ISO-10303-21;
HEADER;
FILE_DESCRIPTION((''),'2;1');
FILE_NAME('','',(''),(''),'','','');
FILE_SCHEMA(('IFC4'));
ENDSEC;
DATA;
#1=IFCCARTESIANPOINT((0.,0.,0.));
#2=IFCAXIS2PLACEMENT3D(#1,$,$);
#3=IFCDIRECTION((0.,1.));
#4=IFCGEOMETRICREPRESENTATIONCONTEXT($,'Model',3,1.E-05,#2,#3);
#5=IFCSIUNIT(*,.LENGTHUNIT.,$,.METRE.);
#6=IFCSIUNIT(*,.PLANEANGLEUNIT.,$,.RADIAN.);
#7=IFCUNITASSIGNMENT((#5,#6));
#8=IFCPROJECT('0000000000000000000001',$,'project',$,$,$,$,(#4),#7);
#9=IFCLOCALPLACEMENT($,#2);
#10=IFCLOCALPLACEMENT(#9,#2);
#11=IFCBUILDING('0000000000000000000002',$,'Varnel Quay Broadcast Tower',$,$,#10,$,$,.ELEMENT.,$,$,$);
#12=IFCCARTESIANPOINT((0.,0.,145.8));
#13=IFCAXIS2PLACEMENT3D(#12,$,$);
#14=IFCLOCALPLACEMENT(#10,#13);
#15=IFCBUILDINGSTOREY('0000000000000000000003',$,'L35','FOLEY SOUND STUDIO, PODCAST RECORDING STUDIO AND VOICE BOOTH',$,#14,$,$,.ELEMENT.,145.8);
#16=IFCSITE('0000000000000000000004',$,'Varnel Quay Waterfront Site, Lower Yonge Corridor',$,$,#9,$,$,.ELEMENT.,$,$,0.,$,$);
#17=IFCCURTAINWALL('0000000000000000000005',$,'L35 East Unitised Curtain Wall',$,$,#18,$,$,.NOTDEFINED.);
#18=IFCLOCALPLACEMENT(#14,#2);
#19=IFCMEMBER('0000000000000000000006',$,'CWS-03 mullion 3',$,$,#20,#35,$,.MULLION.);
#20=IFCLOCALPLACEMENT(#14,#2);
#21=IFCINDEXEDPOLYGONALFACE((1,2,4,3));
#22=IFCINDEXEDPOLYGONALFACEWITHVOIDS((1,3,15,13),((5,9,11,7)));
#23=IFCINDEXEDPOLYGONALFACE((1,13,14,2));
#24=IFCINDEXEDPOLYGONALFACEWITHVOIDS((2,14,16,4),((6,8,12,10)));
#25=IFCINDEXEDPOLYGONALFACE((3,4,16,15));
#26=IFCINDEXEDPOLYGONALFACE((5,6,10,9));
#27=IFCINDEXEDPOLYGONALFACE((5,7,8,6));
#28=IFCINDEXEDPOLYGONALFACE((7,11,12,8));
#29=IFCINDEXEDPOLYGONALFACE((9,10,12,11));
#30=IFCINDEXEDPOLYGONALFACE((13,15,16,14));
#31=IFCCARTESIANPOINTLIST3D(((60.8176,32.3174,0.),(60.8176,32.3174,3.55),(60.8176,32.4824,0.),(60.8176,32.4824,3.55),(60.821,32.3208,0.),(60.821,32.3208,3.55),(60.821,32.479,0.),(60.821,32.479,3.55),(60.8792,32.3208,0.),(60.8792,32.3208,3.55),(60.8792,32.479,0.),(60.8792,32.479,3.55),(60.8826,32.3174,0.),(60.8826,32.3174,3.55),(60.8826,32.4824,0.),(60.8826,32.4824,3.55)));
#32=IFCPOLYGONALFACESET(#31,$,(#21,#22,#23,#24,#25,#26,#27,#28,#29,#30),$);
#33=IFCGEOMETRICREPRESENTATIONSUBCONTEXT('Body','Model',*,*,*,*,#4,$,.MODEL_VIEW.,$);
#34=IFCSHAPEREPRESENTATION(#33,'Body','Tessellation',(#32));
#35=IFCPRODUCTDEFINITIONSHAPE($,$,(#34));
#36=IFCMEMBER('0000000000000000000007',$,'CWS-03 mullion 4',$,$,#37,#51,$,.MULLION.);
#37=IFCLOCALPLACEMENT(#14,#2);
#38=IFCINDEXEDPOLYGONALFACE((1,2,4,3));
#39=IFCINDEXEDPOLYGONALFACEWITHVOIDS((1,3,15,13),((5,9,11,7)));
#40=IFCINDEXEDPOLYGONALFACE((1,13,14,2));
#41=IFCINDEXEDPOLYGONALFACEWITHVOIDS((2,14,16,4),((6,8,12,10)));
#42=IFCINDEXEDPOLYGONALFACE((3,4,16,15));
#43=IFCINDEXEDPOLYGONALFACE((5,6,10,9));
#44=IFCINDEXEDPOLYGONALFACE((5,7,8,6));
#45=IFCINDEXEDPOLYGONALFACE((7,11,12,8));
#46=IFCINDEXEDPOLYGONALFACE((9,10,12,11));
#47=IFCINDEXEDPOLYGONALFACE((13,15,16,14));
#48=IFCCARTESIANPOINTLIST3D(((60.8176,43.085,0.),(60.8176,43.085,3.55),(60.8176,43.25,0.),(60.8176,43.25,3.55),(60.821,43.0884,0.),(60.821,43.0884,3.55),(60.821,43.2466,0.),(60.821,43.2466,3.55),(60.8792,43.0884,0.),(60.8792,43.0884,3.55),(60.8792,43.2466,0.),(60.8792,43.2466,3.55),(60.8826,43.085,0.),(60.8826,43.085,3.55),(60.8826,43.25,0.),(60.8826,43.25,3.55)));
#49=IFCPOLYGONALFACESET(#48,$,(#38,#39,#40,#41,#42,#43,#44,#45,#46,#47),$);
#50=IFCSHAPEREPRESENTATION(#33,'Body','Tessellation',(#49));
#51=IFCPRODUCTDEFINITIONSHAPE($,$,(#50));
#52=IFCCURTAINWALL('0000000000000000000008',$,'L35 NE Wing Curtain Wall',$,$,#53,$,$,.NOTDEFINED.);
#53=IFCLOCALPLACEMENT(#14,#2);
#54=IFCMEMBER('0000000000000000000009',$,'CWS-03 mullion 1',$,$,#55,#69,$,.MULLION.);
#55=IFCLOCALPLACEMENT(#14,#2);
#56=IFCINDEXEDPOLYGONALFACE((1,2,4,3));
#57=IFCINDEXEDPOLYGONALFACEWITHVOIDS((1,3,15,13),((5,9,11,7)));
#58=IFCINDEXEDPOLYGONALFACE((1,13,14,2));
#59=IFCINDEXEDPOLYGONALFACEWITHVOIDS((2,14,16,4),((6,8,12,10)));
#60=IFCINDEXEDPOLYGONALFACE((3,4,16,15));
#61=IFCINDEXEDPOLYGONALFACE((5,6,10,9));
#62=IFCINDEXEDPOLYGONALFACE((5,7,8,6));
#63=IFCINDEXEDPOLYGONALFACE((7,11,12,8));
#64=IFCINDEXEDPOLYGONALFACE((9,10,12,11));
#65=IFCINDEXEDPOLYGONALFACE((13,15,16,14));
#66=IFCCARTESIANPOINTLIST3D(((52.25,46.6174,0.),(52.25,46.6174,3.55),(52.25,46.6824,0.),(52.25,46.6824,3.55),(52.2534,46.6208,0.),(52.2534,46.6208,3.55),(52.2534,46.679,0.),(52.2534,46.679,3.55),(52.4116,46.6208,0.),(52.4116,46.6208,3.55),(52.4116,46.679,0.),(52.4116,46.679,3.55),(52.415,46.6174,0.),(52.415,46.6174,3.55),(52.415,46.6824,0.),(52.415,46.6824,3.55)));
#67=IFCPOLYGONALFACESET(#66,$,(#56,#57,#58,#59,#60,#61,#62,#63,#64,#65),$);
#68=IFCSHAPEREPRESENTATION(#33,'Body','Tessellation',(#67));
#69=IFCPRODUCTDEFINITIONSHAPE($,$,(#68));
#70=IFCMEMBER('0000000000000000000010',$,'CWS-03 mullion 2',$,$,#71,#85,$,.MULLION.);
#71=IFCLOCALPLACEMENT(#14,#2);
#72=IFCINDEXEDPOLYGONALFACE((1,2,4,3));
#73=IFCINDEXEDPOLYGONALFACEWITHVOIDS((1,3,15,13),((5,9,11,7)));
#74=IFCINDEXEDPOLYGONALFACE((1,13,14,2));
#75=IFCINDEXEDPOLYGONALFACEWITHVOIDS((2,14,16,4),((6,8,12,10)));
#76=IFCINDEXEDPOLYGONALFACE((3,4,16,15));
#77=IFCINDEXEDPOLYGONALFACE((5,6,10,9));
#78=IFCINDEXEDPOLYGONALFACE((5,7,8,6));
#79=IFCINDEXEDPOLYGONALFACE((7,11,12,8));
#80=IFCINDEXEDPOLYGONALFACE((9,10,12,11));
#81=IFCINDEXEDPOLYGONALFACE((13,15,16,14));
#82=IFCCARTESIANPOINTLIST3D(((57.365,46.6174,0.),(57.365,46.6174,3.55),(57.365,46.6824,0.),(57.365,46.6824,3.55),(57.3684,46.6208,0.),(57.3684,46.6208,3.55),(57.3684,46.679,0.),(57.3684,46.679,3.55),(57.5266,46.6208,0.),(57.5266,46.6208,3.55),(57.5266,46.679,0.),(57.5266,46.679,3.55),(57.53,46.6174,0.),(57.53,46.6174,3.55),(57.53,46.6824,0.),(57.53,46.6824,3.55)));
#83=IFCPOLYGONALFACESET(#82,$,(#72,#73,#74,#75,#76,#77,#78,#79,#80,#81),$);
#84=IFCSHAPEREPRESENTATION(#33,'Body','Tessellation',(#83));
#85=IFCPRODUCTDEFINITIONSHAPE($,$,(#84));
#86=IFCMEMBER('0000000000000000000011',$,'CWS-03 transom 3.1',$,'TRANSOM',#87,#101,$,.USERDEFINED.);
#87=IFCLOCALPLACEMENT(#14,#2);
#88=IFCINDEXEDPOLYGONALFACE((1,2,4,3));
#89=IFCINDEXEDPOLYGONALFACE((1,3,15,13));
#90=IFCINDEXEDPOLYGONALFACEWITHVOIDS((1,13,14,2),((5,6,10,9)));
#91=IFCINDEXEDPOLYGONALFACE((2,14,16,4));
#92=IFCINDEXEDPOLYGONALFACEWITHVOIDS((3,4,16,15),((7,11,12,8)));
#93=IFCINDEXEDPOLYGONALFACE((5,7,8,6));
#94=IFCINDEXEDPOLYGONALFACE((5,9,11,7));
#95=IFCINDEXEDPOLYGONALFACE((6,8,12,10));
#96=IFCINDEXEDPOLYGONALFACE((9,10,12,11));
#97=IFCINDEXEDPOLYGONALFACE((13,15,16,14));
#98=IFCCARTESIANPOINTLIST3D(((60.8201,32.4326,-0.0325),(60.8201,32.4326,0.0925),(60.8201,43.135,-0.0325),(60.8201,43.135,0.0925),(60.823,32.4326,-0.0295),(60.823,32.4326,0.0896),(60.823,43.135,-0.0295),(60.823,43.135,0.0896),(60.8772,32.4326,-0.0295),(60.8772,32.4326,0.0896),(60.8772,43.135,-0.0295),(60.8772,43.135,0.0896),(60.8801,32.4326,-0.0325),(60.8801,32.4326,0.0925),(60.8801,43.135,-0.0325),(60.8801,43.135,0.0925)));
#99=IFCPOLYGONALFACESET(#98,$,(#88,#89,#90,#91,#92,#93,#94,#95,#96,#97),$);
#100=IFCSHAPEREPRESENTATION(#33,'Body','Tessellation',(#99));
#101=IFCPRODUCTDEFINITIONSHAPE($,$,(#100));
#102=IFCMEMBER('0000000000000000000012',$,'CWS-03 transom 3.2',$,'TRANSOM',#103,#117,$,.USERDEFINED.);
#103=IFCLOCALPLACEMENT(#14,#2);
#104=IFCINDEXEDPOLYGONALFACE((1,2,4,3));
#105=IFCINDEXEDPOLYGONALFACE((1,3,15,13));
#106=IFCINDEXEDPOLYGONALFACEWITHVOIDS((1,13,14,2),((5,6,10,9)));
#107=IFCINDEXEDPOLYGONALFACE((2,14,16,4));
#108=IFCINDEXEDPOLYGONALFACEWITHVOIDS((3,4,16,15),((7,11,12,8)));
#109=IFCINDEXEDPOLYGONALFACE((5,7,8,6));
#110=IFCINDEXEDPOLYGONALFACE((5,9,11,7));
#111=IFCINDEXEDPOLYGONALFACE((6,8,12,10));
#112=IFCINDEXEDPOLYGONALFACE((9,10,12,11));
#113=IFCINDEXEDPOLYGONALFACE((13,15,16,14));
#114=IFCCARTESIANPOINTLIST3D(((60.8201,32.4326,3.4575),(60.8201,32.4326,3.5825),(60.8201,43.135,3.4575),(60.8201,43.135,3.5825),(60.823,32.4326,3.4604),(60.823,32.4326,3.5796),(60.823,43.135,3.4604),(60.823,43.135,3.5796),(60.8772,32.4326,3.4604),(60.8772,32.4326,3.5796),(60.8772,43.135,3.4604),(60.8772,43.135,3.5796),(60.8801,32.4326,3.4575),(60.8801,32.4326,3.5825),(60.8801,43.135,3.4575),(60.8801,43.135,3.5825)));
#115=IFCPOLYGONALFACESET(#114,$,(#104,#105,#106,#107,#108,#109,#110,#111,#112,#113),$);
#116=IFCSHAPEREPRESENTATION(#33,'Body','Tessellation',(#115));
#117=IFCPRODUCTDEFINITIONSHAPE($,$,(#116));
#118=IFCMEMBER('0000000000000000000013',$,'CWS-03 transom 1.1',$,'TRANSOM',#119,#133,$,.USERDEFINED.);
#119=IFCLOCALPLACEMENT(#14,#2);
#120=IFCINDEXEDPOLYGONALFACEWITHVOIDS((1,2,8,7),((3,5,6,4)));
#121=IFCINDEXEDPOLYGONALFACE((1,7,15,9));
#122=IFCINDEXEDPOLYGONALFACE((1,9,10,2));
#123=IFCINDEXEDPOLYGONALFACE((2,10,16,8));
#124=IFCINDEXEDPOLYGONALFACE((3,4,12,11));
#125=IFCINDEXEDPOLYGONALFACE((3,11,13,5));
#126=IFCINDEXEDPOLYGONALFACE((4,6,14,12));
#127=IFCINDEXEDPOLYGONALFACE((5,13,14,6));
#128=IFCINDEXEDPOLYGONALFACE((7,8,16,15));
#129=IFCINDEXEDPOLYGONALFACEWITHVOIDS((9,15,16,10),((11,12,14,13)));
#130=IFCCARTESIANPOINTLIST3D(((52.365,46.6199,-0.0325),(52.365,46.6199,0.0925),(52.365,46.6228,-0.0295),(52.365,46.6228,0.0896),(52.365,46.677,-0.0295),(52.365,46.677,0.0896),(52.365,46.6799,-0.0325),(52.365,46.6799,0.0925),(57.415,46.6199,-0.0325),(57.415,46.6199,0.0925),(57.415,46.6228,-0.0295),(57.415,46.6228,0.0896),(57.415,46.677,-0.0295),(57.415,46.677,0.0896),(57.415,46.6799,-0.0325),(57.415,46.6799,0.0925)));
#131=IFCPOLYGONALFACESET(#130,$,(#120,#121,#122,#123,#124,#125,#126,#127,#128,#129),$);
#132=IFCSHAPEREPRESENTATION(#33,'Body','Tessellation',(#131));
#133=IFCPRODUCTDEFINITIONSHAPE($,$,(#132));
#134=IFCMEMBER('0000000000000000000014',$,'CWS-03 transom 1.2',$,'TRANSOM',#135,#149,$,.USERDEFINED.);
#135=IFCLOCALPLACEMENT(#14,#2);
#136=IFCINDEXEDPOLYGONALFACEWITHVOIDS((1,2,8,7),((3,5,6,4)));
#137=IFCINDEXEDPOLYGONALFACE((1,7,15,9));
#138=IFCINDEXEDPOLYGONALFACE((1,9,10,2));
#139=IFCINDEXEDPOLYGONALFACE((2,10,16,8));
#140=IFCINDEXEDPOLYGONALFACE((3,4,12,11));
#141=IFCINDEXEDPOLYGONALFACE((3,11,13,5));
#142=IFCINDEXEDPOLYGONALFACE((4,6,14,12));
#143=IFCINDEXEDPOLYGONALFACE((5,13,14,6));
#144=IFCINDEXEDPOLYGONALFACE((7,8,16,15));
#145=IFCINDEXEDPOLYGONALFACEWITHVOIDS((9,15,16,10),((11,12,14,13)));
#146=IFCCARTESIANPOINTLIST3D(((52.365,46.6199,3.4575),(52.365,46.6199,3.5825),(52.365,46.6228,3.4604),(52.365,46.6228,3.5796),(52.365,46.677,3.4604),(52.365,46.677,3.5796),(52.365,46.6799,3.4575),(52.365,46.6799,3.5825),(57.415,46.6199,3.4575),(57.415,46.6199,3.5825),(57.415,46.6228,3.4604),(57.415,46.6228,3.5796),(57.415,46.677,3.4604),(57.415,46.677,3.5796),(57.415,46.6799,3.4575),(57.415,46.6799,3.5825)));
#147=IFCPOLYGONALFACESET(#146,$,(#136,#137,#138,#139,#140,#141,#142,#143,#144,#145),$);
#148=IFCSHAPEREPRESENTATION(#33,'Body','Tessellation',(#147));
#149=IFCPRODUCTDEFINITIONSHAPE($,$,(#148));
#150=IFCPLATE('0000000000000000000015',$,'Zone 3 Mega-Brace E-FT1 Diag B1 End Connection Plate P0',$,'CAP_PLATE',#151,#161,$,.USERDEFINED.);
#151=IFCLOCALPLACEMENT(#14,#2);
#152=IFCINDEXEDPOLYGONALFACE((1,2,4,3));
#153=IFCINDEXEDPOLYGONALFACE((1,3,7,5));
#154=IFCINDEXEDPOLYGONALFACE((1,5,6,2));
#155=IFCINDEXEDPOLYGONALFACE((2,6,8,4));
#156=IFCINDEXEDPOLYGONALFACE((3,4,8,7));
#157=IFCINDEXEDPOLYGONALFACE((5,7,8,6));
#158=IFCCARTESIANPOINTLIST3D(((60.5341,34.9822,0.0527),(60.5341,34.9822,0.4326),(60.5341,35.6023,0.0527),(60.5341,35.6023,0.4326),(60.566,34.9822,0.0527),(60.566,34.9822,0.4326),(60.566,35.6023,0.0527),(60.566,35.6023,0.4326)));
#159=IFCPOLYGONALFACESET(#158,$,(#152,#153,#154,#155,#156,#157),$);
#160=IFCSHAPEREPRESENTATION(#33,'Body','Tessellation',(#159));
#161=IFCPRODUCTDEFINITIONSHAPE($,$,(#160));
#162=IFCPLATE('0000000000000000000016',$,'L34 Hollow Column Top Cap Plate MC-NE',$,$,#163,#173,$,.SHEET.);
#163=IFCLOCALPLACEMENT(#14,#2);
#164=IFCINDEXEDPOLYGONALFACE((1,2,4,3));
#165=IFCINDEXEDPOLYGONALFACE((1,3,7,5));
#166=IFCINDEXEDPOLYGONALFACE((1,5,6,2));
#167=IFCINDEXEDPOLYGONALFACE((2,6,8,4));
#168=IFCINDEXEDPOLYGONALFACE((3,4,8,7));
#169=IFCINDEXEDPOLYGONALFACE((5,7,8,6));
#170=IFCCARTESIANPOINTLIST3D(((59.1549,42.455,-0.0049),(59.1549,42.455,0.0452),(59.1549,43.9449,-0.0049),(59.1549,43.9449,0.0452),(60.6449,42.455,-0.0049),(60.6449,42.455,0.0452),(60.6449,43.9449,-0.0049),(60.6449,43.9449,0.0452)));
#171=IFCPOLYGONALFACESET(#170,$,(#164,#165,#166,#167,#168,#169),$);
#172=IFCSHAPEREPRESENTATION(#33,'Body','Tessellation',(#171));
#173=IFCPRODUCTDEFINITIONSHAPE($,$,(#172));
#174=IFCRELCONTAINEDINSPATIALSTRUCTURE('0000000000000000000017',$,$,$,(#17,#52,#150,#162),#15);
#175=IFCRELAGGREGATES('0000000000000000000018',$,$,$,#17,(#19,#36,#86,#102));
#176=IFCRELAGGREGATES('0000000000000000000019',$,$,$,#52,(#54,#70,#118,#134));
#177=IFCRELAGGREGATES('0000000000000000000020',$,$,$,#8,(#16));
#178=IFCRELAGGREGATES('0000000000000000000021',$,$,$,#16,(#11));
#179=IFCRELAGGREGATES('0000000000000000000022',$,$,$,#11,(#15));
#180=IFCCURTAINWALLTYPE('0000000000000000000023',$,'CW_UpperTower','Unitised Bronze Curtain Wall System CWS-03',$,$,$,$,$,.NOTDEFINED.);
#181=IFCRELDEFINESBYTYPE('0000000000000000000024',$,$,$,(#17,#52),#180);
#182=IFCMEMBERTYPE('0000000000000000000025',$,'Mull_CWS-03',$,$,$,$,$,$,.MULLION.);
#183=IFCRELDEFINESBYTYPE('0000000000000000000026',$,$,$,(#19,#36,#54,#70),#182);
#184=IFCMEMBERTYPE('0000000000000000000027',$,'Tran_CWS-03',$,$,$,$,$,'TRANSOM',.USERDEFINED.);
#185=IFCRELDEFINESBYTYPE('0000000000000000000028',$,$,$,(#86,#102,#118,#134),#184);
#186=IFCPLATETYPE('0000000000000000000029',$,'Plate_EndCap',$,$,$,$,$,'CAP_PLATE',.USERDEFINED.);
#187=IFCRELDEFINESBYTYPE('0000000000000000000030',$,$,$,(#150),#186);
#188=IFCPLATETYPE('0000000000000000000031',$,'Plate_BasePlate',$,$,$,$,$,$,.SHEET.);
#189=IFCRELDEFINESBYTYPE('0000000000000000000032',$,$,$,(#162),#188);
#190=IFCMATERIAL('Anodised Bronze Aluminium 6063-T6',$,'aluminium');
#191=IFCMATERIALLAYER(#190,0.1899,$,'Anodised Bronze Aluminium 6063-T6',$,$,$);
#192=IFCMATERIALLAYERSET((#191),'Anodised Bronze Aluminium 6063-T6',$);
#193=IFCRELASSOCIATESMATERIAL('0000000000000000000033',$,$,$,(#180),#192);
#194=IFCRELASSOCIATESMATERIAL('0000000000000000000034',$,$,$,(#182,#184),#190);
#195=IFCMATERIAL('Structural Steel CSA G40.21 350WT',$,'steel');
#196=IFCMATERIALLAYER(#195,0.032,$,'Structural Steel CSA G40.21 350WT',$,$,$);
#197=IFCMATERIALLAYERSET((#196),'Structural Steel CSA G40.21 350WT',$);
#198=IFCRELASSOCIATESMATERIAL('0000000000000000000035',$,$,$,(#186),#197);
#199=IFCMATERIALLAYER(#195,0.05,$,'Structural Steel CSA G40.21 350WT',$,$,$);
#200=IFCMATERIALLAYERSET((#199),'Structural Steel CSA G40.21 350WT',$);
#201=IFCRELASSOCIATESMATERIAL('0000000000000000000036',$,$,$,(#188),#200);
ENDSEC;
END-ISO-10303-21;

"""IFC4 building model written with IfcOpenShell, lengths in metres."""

from ifc_helpers import new_model, si_unit, direction, frame, origin, origin_2d, place, context, subcontext, project, spatial, rectangle, hollow_rectangle, extrude, source, transform, mapped, material, layer, layer_set, material_profile, profile_set, type_object, type_shapes, element, aggregate, save


model = new_model("IFC4")

# Units and contexts
model_context = context("Model", 3, precision=1e-05, world=origin(), true_north=direction((0.0, 1.0)))
body_context = subcontext(model_context, "Body", "Model", "MODEL_VIEW")
ifc_project = project(units=[si_unit("LENGTHUNIT", "METRE"), si_unit("PLANEANGLEUNIT", "RADIAN")], contexts=[model_context])

# Site, building, storey
site_placement = place(None, origin())
site = spatial("IfcSite", under=ifc_project, at=site_placement, Name="Varnel Quay Waterfront Site, Lower Yonge Corridor", CompositionType="ELEMENT", RefElevation=0.0)
building_placement = place(site_placement, origin())
building = spatial("IfcBuilding", under=site, at=building_placement, Name="Varnel Quay Broadcast Tower", CompositionType="ELEMENT")
storey_placement = place(building_placement, frame((0.0, 0.0, 145.8)))
storey = spatial("IfcBuildingStorey", under=building, at=storey_placement, Name="L35", Description="FOLEY SOUND STUDIO, PODCAST RECORDING STUDIO AND VOICE BOOTH", CompositionType="ELEMENT", Elevation=145.8)

# Shared definitions
ifc_material_1 = material(Name="Structural Steel CSA G40.21 350WT", Category="steel")

# Curtain walls, members
ifc_material_2 = material(Name="Anodised Bronze Aluminium 6063-T6", Category="aluminium")
ifc_layer_1 = layer(ifc_material_2, 0.1899, Name="Anodised Bronze Aluminium 6063-T6")
ifc_layer_set_1 = layer_set([ifc_layer_1], Name="Anodised Bronze Aluminium 6063-T6")
curtain_wall_type = type_object("IfcCurtainWallType", Name="CW_UpperTower", Description="Unitised Bronze Curtain Wall System CWS-03", PredefinedType="NOTDEFINED", material=ifc_layer_set_1)
curtain_wall_1_placement = place(storey_placement, origin())
curtain_wall_1 = element("IfcCurtainWall", 1, at=curtain_wall_1_placement, inside=storey, type_object=curtain_wall_type, Name="L35 East Unitised Curtain Wall", PredefinedType="NOTDEFINED")
ifc_material_profile_1 = material_profile(ifc_material_2, hollow_rectangle(XDim=0.0649, YDim=0.165, WallThickness=0.0034, at=origin_2d()), Name="ALU65X165X3.5")
ifc_profile_set_1 = profile_set([ifc_material_profile_1], Name="Anodised Bronze Aluminium 6063-T6")
member_type_1 = type_object("IfcMemberType", Name="Mull_CWS-03", PredefinedType="MULLION", material=ifc_profile_set_1)
shared_shape_1 = source(origin(), body_context, "Body", "SweptSolid", [
    extrude(hollow_rectangle(XDim=0.0649, YDim=0.165, WallThickness=0.0034, at=origin_2d()), origin(), (0.0, 0.0, 1.0), 3.55),
])
type_shapes(member_type_1, [shared_shape_1])
member_1_placement = place(storey_placement, frame((60.8501, 32.3999, 0.0), z_axis=(0.0, 0.0, 1.0), x_axis=(-1.0, 0.0, 0.0)))
member_1 = element("IfcMember", 2, at=member_1_placement, type_object=member_type_1, Name="CWS-03 mullion 3", PredefinedType="MULLION", context=body_context, shape_type="MappedRepresentation", body=[
    mapped(shared_shape_1, transform((0.0, 0.0, 0.0), x_axis=(1.0, 0.0, 0.0), y_axis=(0.0, 1.0, 0.0), z_axis=(0.0, 0.0, 1.0), scale=1.0)),
])
member_2_placement = place(storey_placement, frame((60.8501, 43.1675, 0.0), z_axis=(0.0, 0.0, 1.0), x_axis=(-1.0, 0.0, 0.0)))
member_2 = element("IfcMember", 3, at=member_2_placement, type_object=member_type_1, Name="CWS-03 mullion 4", PredefinedType="MULLION", context=body_context, shape_type="MappedRepresentation", body=[
    mapped(shared_shape_1, transform((0.0, 0.0, 0.0), x_axis=(1.0, 0.0, 0.0), y_axis=(0.0, 1.0, 0.0), z_axis=(0.0, 0.0, 1.0), scale=1.0)),
])
curtain_wall_2_placement = place(storey_placement, origin())
curtain_wall_2 = element("IfcCurtainWall", 4, at=curtain_wall_2_placement, inside=storey, type_object=curtain_wall_type, Name="L35 NE Wing Curtain Wall", PredefinedType="NOTDEFINED")
member_3_placement = place(storey_placement, frame((52.3325, 46.6499, 0.0), z_axis=(0.0, 0.0, 1.0), x_axis=(0.0, 1.0, 0.0)))
member_3 = element("IfcMember", 5, at=member_3_placement, type_object=member_type_1, Name="CWS-03 mullion 1", PredefinedType="MULLION", context=body_context, shape_type="MappedRepresentation", body=[
    mapped(shared_shape_1, transform((0.0, 0.0, 0.0), x_axis=(1.0, 0.0, 0.0), y_axis=(0.0, 1.0, 0.0), z_axis=(0.0, 0.0, 1.0), scale=1.0)),
])
member_4_placement = place(storey_placement, frame((57.4475, 46.6499, 0.0), z_axis=(0.0, 0.0, 1.0), x_axis=(0.0, 1.0, 0.0)))
member_4 = element("IfcMember", 6, at=member_4_placement, type_object=member_type_1, Name="CWS-03 mullion 2", PredefinedType="MULLION", context=body_context, shape_type="MappedRepresentation", body=[
    mapped(shared_shape_1, transform((0.0, 0.0, 0.0), x_axis=(1.0, 0.0, 0.0), y_axis=(0.0, 1.0, 0.0), z_axis=(0.0, 0.0, 1.0), scale=1.0)),
])

# Members
ifc_material_profile_2 = material_profile(ifc_material_2, hollow_rectangle(XDim=0.0601, YDim=0.125, WallThickness=0.0029, at=origin_2d()), Name="ALU60X125X3")
ifc_profile_set_2 = profile_set([ifc_material_profile_2], Name="Anodised Bronze Aluminium 6063-T6")
member_type_2 = type_object("IfcMemberType", Name="Tran_CWS-03", ElementType="TRANSOM", PredefinedType="USERDEFINED", material=ifc_profile_set_2)
shared_shape_2 = source(origin(), body_context, "Body", "SweptSolid", [
    extrude(hollow_rectangle(XDim=0.0601, YDim=0.125, WallThickness=0.0029, at=origin_2d()), origin(), (0.0, 0.0, 1.0), 10.7024),
])
member_5_placement = place(storey_placement, frame((60.8501, 32.4326, 0.03), z_axis=(0.0, 1.0, 0.0), x_axis=(-1.0, 0.0, 0.0)))
member_5 = element("IfcMember", 7, at=member_5_placement, type_object=member_type_2, Name="CWS-03 transom 3.1", ObjectType="TRANSOM", PredefinedType="USERDEFINED", context=body_context, shape_type="MappedRepresentation", body=[
    mapped(shared_shape_2, transform((0.0, 0.0, 0.0), x_axis=(1.0, 0.0, 0.0), y_axis=(0.0, 1.0, 0.0), z_axis=(0.0, 0.0, 1.0), scale=1.0)),
])
member_6_placement = place(storey_placement, frame((60.8501, 32.4326, 3.52), z_axis=(0.0, 1.0, 0.0), x_axis=(-1.0, 0.0, 0.0)))
member_6 = element("IfcMember", 8, at=member_6_placement, type_object=member_type_2, Name="CWS-03 transom 3.2", ObjectType="TRANSOM", PredefinedType="USERDEFINED", context=body_context, shape_type="MappedRepresentation", body=[
    mapped(shared_shape_2, transform((0.0, 0.0, 0.0), x_axis=(1.0, 0.0, 0.0), y_axis=(0.0, 1.0, 0.0), z_axis=(0.0, 0.0, 1.0), scale=1.0)),
])
shared_shape_3 = source(origin(), body_context, "Body", "SweptSolid", [
    extrude(hollow_rectangle(XDim=0.0601, YDim=0.125, WallThickness=0.0029, at=origin_2d()), origin(), (0.0, 0.0, 1.0), 5.05),
])
type_shapes(member_type_2, [shared_shape_2, shared_shape_3])
member_7_placement = place(storey_placement, frame((52.365, 46.6499, 0.03), z_axis=(1.0, 0.0, 0.0), x_axis=(0.0, 1.0, 0.0)))
member_7 = element("IfcMember", 9, at=member_7_placement, type_object=member_type_2, Name="CWS-03 transom 1.1", ObjectType="TRANSOM", PredefinedType="USERDEFINED", context=body_context, shape_type="MappedRepresentation", body=[
    mapped(shared_shape_3, transform((0.0, 0.0, 0.0), x_axis=(1.0, 0.0, 0.0), y_axis=(0.0, 1.0, 0.0), z_axis=(0.0, 0.0, 1.0), scale=1.0)),
])
member_8_placement = place(storey_placement, frame((52.365, 46.6499, 3.52), z_axis=(1.0, 0.0, 0.0), x_axis=(0.0, 1.0, 0.0)))
member_8 = element("IfcMember", 10, at=member_8_placement, type_object=member_type_2, Name="CWS-03 transom 1.2", ObjectType="TRANSOM", PredefinedType="USERDEFINED", context=body_context, shape_type="MappedRepresentation", body=[
    mapped(shared_shape_3, transform((0.0, 0.0, 0.0), x_axis=(1.0, 0.0, 0.0), y_axis=(0.0, 1.0, 0.0), z_axis=(0.0, 0.0, 1.0), scale=1.0)),
])

# Plates
ifc_layer_2 = layer(ifc_material_1, 0.032, Name="Structural Steel CSA G40.21 350WT")
ifc_layer_set_2 = layer_set([ifc_layer_2], Name="Structural Steel CSA G40.21 350WT")
plate_type_1 = type_object("IfcPlateType", Name="Plate_EndCap", ElementType="CAP_PLATE", PredefinedType="USERDEFINED", material=ifc_layer_set_2)
shared_shape_4 = source(origin(), body_context, "Body", "SweptSolid", [
    extrude(rectangle(XDim=0.6201, YDim=0.032, at=origin_2d()), origin(), (0.0, 0.0, 1.0), 0.3799),
])
type_shapes(plate_type_1, [shared_shape_4])
plate_1_placement = place(storey_placement, frame((60.55, 35.2922, 0.0527), z_axis=(0.0, 0.0, 1.0), x_axis=(0.0, 1.0, 0.0)))
element("IfcPlate", 11, at=plate_1_placement, inside=storey, type_object=plate_type_1, Name="Zone 3 Mega-Brace E-FT1 Diag B1 End Connection Plate P0", ObjectType="CAP_PLATE", PredefinedType="USERDEFINED", context=body_context, shape_type="MappedRepresentation", body=[
    mapped(shared_shape_4, transform((0.0, 0.0, 0.0), x_axis=(1.0, 0.0, 0.0), y_axis=(0.0, 1.0, 0.0), z_axis=(0.0, 0.0, 1.0), scale=1.0)),
])
ifc_layer_3 = layer(ifc_material_1, 0.05, Name="Structural Steel CSA G40.21 350WT")
ifc_layer_set_3 = layer_set([ifc_layer_3], Name="Structural Steel CSA G40.21 350WT")
plate_type_2 = type_object("IfcPlateType", Name="Plate_BasePlate", PredefinedType="SHEET", material=ifc_layer_set_3)
shared_shape_5 = source(origin(), body_context, "Body", "SweptSolid", [
    extrude(rectangle(XDim=1.49, YDim=1.49, at=origin_2d()), origin(), (0.0, 0.0, 1.0), 0.05),
])
type_shapes(plate_type_2, [shared_shape_5])
plate_2_placement = place(storey_placement, frame((59.8999, 43.2, -0.0049), z_axis=(0.0, 0.0, 1.0), x_axis=(1.0, 0.0, 0.0)))
element("IfcPlate", 12, at=plate_2_placement, inside=storey, type_object=plate_type_2, Name="L34 Hollow Column Top Cap Plate MC-NE", PredefinedType="SHEET", context=body_context, shape_type="MappedRepresentation", body=[
    mapped(shared_shape_5, transform((0.0, 0.0, 0.0), x_axis=(1.0, 0.0, 0.0), y_axis=(0.0, 1.0, 0.0), z_axis=(0.0, 0.0, 1.0), scale=1.0)),
])

aggregate(curtain_wall_1, [member_1, member_2, member_5, member_6])
aggregate(curtain_wall_2, [member_3, member_4, member_7, member_8])

save(model, "model.ifc")
